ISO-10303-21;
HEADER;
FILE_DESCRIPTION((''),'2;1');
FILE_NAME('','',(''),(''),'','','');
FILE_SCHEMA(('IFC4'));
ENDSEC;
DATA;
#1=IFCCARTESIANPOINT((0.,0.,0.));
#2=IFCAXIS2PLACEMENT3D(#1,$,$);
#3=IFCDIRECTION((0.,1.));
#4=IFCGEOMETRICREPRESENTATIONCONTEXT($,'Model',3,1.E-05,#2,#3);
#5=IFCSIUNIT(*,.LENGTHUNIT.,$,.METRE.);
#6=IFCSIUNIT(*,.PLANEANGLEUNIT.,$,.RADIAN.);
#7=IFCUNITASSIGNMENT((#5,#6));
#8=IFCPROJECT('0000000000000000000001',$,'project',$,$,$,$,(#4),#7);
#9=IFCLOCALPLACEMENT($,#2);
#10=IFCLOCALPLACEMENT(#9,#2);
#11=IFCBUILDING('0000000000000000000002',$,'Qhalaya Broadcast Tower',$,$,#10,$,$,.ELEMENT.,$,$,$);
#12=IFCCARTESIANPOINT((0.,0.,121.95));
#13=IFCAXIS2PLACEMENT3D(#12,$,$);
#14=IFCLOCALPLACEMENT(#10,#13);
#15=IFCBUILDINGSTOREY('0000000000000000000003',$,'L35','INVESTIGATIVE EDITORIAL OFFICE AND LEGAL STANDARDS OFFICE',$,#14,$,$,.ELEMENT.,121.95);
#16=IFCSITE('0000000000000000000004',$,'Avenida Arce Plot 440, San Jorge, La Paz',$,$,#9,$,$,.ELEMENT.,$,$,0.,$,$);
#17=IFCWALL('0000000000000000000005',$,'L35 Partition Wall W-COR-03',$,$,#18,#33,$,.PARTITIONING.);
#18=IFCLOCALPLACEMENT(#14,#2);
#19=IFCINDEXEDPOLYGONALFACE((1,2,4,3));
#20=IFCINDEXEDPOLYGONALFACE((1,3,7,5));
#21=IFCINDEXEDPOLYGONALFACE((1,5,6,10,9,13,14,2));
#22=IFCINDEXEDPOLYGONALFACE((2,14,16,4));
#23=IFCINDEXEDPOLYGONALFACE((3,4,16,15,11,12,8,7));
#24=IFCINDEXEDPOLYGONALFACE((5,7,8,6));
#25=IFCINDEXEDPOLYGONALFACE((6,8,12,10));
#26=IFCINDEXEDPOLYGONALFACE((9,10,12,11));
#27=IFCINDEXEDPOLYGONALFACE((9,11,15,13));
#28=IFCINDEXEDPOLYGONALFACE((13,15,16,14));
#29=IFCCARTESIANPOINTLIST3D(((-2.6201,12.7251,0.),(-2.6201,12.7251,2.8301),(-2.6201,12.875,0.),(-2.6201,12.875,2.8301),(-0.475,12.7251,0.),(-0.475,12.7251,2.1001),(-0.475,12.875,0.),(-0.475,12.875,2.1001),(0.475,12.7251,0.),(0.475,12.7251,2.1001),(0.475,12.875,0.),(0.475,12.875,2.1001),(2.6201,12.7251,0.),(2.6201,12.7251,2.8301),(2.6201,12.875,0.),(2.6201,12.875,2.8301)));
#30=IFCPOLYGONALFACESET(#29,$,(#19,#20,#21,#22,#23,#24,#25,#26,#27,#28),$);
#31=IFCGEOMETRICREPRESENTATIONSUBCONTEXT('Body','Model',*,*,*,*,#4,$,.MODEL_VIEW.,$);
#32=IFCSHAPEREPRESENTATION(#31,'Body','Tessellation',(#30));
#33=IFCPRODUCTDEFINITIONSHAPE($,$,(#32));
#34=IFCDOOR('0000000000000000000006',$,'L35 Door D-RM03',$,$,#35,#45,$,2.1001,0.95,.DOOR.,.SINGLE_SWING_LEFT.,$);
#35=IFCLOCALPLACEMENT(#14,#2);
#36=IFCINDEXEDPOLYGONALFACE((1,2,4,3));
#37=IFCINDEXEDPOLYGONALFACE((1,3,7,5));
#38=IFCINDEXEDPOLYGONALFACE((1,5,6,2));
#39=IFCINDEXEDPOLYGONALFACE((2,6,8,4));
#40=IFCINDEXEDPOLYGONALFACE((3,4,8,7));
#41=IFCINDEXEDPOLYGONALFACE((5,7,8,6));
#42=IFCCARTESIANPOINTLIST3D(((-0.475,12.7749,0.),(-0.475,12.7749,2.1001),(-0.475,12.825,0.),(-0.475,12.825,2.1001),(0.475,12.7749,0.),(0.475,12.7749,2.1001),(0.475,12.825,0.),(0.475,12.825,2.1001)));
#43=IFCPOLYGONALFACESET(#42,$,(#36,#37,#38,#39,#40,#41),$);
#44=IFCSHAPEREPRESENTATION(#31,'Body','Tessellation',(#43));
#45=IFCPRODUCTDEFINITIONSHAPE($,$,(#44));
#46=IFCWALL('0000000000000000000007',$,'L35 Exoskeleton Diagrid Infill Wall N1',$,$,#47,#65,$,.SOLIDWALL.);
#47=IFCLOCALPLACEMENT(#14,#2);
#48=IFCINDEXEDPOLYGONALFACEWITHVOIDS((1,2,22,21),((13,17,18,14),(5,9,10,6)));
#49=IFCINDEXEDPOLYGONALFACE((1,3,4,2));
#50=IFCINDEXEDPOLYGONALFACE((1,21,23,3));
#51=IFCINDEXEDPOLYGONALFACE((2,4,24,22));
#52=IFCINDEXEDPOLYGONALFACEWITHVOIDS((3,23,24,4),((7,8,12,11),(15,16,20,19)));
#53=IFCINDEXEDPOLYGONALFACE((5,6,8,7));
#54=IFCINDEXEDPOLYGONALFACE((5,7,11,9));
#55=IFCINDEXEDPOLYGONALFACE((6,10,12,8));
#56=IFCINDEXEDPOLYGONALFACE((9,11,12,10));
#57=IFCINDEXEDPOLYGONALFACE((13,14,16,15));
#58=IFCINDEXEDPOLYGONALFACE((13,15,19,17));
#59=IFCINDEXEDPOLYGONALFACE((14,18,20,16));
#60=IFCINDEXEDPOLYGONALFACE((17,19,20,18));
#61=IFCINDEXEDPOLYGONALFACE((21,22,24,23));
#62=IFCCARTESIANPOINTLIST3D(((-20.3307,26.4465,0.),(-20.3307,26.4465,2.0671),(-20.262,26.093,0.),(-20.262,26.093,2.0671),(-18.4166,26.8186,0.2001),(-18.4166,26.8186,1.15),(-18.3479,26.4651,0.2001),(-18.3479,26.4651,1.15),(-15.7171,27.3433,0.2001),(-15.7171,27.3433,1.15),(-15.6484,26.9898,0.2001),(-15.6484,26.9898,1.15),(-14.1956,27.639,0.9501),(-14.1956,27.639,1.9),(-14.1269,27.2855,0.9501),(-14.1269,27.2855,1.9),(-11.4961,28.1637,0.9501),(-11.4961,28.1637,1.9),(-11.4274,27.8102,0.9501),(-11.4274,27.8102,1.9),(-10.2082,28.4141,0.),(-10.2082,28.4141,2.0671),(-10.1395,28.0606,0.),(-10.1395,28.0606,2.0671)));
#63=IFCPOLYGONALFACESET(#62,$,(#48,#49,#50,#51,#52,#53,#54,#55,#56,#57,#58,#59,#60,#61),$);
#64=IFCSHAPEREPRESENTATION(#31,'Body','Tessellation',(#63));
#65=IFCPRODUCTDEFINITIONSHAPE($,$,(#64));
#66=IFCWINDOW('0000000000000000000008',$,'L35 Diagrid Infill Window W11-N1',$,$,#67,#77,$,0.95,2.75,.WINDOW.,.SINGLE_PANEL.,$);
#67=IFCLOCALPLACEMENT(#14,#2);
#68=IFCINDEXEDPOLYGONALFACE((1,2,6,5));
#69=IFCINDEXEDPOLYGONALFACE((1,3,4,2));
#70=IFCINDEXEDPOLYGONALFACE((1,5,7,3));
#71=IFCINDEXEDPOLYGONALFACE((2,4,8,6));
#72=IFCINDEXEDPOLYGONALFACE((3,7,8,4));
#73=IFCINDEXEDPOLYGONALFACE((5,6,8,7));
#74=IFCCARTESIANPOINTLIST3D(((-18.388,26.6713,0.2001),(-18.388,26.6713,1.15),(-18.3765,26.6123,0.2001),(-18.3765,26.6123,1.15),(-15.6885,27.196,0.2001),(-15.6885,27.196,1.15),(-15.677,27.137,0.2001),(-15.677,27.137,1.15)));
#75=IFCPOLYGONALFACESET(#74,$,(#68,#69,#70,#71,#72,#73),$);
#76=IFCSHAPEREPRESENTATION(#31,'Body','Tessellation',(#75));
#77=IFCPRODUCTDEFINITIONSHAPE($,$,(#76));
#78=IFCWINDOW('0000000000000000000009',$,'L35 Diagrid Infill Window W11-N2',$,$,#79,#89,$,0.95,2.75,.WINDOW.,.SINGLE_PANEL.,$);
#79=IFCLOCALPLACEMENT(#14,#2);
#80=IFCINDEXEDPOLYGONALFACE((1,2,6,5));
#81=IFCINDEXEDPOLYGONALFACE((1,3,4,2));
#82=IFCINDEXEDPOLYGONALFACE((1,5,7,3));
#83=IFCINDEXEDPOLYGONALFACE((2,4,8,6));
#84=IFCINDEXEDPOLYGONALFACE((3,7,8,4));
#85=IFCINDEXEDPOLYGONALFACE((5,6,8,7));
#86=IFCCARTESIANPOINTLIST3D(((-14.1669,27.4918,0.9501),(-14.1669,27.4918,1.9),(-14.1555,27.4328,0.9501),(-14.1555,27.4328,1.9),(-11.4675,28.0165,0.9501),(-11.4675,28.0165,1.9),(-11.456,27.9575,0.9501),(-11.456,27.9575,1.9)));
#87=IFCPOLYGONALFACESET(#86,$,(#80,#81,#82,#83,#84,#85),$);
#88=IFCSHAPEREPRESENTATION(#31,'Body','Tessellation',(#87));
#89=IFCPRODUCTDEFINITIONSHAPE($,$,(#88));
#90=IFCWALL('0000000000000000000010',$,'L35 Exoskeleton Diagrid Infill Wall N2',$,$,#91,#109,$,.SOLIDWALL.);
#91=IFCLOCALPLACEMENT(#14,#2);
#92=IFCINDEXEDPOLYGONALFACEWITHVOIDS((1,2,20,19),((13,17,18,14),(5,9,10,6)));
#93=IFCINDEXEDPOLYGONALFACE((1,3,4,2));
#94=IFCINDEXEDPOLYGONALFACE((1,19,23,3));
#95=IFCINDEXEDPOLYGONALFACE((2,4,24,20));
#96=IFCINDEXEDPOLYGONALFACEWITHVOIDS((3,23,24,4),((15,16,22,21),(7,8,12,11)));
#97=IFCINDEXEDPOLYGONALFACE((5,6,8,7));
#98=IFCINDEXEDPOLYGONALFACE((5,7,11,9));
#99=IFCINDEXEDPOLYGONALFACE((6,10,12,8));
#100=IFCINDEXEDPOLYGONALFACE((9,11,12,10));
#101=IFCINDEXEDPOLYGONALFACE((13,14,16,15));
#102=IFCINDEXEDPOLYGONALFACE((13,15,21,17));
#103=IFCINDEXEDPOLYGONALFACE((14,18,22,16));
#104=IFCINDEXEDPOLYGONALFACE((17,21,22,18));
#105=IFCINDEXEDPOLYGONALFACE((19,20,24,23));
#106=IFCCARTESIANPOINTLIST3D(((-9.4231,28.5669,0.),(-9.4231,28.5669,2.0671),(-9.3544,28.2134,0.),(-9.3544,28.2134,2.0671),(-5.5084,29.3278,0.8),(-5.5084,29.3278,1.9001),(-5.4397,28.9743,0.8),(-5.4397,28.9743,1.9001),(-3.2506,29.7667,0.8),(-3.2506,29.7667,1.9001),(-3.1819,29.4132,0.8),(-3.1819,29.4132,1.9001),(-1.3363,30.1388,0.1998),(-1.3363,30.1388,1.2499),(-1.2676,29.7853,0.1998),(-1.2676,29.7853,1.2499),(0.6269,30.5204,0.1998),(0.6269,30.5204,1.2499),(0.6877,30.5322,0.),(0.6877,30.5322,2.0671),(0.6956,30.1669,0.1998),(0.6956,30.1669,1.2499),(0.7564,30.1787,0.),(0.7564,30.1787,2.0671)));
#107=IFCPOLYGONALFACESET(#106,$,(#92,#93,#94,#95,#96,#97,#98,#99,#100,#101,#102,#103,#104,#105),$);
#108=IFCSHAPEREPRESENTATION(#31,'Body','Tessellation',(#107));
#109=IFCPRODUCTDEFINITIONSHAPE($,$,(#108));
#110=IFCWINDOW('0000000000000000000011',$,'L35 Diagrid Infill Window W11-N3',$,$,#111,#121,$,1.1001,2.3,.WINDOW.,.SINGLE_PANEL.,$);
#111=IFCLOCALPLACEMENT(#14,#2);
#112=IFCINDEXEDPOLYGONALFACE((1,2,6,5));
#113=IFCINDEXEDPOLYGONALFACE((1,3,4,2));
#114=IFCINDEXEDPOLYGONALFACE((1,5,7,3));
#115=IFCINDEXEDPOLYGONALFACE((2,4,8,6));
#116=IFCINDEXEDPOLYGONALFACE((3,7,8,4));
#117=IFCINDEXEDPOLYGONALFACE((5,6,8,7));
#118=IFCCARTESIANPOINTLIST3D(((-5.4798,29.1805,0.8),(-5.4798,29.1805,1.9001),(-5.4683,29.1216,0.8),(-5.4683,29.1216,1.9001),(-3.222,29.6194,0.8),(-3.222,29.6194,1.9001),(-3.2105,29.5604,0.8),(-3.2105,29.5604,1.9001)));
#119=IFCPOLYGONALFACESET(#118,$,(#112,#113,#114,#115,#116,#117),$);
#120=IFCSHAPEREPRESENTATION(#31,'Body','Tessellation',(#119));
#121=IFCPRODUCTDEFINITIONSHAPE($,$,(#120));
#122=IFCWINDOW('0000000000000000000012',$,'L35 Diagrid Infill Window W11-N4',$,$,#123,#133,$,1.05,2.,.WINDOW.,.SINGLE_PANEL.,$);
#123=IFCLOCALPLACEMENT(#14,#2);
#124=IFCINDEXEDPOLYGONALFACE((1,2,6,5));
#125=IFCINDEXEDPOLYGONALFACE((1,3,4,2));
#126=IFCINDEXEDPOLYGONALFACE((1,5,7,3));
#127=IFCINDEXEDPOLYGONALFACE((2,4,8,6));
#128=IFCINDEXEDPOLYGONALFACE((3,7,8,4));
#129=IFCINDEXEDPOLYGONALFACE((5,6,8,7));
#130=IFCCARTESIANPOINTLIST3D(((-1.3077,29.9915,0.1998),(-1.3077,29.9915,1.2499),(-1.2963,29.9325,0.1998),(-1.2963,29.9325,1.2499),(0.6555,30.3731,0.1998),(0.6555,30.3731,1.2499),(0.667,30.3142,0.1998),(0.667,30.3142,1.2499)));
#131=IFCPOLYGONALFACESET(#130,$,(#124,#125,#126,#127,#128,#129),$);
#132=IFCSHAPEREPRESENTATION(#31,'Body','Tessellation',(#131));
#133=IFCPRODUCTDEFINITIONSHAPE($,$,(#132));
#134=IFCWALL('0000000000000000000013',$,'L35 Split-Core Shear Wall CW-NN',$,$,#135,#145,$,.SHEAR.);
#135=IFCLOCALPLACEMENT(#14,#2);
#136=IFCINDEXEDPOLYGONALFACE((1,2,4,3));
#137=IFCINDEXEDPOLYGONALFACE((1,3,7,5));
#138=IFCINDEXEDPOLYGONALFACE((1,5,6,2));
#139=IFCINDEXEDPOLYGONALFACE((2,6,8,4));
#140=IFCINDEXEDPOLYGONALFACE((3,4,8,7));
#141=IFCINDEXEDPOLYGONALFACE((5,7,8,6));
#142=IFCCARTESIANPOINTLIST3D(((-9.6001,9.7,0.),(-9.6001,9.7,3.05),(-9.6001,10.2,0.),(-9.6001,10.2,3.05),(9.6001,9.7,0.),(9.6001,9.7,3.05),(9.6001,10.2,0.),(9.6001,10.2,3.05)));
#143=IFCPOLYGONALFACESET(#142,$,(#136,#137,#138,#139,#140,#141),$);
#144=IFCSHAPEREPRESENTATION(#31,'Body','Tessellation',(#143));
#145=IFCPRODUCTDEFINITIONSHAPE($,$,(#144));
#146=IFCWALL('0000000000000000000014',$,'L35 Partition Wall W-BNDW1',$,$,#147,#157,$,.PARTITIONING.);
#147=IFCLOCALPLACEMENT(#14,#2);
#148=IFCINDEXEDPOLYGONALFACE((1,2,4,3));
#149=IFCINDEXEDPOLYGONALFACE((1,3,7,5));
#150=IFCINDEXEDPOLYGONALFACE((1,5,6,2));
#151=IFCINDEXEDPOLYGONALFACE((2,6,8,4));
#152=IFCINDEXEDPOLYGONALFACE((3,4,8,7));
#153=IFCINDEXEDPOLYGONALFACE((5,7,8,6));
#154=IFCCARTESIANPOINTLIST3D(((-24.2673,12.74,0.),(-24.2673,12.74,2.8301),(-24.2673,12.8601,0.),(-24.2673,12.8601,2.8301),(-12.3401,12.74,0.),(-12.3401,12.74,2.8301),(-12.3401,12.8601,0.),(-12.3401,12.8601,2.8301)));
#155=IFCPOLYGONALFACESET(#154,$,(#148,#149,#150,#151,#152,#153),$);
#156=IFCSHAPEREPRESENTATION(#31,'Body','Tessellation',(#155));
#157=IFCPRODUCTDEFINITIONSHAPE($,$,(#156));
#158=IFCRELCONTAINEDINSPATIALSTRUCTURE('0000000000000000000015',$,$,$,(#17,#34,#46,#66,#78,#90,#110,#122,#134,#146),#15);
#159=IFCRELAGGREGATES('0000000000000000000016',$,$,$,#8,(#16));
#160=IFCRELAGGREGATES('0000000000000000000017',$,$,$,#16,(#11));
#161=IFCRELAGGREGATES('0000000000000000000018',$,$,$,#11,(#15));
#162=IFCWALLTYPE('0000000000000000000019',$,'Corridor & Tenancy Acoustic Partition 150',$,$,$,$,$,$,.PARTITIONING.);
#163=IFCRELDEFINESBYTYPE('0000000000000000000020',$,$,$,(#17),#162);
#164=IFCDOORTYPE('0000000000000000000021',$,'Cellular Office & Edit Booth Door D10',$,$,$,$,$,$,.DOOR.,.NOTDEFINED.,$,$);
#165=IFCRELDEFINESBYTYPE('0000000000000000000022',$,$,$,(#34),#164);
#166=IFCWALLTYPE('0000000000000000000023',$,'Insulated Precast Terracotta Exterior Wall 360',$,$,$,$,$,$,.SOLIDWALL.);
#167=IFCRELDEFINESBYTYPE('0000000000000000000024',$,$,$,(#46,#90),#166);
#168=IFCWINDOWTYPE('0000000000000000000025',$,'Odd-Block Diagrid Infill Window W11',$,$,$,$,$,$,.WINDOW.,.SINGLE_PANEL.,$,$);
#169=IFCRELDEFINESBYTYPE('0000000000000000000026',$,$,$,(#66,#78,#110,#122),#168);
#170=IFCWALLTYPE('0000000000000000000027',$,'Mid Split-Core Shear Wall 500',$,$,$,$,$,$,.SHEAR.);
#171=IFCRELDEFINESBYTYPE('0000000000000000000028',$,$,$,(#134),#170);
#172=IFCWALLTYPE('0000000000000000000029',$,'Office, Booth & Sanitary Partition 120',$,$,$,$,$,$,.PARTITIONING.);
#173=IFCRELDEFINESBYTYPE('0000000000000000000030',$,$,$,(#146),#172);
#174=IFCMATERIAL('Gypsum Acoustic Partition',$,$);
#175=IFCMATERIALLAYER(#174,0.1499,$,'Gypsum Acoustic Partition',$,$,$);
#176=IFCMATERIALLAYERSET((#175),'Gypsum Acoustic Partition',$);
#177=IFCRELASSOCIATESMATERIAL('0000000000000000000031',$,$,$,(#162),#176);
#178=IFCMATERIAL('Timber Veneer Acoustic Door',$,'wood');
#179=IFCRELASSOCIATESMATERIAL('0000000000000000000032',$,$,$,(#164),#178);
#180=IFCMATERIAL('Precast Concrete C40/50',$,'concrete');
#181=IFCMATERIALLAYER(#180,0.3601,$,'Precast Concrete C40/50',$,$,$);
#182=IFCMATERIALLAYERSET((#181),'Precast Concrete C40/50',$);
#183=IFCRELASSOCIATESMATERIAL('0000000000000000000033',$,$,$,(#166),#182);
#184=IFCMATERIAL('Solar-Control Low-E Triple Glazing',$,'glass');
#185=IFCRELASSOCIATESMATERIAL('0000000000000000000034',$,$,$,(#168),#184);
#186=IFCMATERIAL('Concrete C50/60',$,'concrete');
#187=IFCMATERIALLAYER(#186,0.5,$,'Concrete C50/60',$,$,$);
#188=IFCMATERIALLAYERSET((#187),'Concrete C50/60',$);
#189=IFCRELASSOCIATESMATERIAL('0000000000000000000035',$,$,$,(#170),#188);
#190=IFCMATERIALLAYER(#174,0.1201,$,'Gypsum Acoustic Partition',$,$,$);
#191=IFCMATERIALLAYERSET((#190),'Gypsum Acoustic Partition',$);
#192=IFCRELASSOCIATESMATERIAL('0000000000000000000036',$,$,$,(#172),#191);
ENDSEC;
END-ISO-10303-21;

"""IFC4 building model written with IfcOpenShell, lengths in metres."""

from ifc_helpers import new_model, si_unit, direction, frame, frame_2d, origin, place, context, subcontext, project, spatial, rectangle, extrude, material, layer, layer_set, type_object, element, fill, save


model = new_model("IFC4")

# Units and contexts
model_context = context("Model", 3, precision=1e-05, world=origin(), true_north=direction((0.0, 1.0)))
body_context = subcontext(model_context, "Body", "Model", "MODEL_VIEW")
ifc_project = project(units=[si_unit("LENGTHUNIT", "METRE"), si_unit("PLANEANGLEUNIT", "RADIAN")], contexts=[model_context])

# Site, building, storey
site_placement = place(None, origin())
site = spatial("IfcSite", under=ifc_project, at=site_placement, Name="Avenida Arce Plot 440, San Jorge, La Paz", CompositionType="ELEMENT", RefElevation=0.0)
building_placement = place(site_placement, origin())
building = spatial("IfcBuilding", under=site, at=building_placement, Name="Qhalaya Broadcast Tower", CompositionType="ELEMENT")
storey_placement = place(building_placement, frame((0.0, 0.0, 121.95)))
storey = spatial("IfcBuildingStorey", under=building, at=storey_placement, Name="L35", Description="INVESTIGATIVE EDITORIAL OFFICE AND LEGAL STANDARDS OFFICE", CompositionType="ELEMENT", Elevation=121.95)

# Shared definitions
ifc_material_1 = material(Name="Concrete C50/60", Category="concrete")

# Wall, opening, door
ifc_material_2 = material(Name="Gypsum Acoustic Partition")
ifc_layer_1 = layer(ifc_material_2, 0.1499, Name="Gypsum Acoustic Partition")
ifc_layer_set_1 = layer_set([ifc_layer_1], Name="Gypsum Acoustic Partition")
wall_type_1 = type_object("IfcWallType", Name="Corridor & Tenancy Acoustic Partition 150", PredefinedType="PARTITIONING", material=ifc_layer_set_1)
ifc_material_3 = material(Name="Timber Veneer Acoustic Door", Category="wood")
door_type = type_object("IfcDoorType", Name="Cellular Office & Edit Booth Door D10", OperationType="NOTDEFINED", PredefinedType="DOOR", material=ifc_material_3)
wall_1_placement = place(storey_placement, frame((-2.6201, 12.8, 0.0), z_axis=(0.0, 0.0, 1.0), x_axis=(1.0, 0.0, 0.0)))
wall_1 = element("IfcWall", 1, at=wall_1_placement, inside=storey, type_object=wall_type_1, Name="L35 Partition Wall W-COR-03", PredefinedType="PARTITIONING", context=body_context, shape_type="SweptSolid", body=[
    extrude(rectangle(XDim=5.2402, YDim=0.1499, at=frame_2d((2.6201, 0.0))), origin(), (0.0, 0.0, 1.0), 2.8301),
])
opening_1_placement = place(wall_1_placement, frame((2.145, 0.0, 0.0)))
opening_1 = element("IfcOpeningElement", 2, at=opening_1_placement, cuts=wall_1, PredefinedType="OPENING", context=body_context, shape_type="SweptSolid", body=[
    extrude(rectangle(XDim=0.95, YDim=2.1001, at=frame_2d((0.4751, 1.05))), frame((0.0, 0.0869, 0.0), z_axis=(0.0, -1.0, 0.0), x_axis=(1.0, 0.0, 0.0)), (0.0, 0.0, 1.0), 0.1738),
])
door_1_placement = place(opening_1_placement, origin())
door_1 = element("IfcDoor", 3, at=door_1_placement, inside=storey, type_object=door_type, Name="L35 Door D-RM03", OperationType="SINGLE_SWING_LEFT", OverallHeight=2.1001, OverallWidth=0.95, PredefinedType="DOOR", context=body_context, shape_type="SweptSolid", body=[
    extrude(rectangle(XDim=0.95, YDim=2.1001, at=frame_2d((0.4751, 1.05))), frame((0.0, 0.0249, 0.0), z_axis=(0.0, -1.0, 0.0), x_axis=(1.0, 0.0, 0.0)), (0.0, 0.0, 1.0), 0.05),
])
fill(opening_1, door_1)

# Walls, openings, windows
ifc_material_4 = material(Name="Precast Concrete C40/50", Category="concrete")
ifc_layer_2 = layer(ifc_material_4, 0.3601, Name="Precast Concrete C40/50")
ifc_layer_set_2 = layer_set([ifc_layer_2], Name="Precast Concrete C40/50")
wall_type_2 = type_object("IfcWallType", Name="Insulated Precast Terracotta Exterior Wall 360", PredefinedType="SOLIDWALL", material=ifc_layer_set_2)
wall_2_placement = place(storey_placement, frame((-20.2964, 26.2698, 0.0), z_axis=(0.0, 0.0, 1.0), x_axis=(0.981629, 0.1908, 0.0)))
wall_2 = element("IfcWall", 4, at=wall_2_placement, inside=storey, type_object=wall_type_2, Name="L35 Exoskeleton Diagrid Infill Wall N1", PredefinedType="SOLIDWALL", context=body_context, shape_type="SweptSolid", body=[
    extrude(rectangle(XDim=10.312, YDim=0.3601, at=frame_2d((5.156, 0.0))), origin(), (0.0, 0.0, 1.0), 2.0671),
])
opening_2_placement = place(wall_2_placement, frame((1.95, 0.0, 0.2)))
opening_2 = element("IfcOpeningElement", 5, at=opening_2_placement, cuts=wall_2, PredefinedType="OPENING", context=body_context, shape_type="SweptSolid", body=[
    extrude(rectangle(XDim=2.75, YDim=0.95, at=frame_2d((1.375, 0.4751))), frame((0.0, 0.1921, 0.0), z_axis=(0.0, -1.0, 0.0), x_axis=(1.0, 0.0, 0.0)), (0.0, 0.0, 1.0), 0.384),
])
opening_3_placement = place(wall_2_placement, frame((6.25, 0.0, 0.95)))
opening_3 = element("IfcOpeningElement", 6, at=opening_3_placement, cuts=wall_2, PredefinedType="OPENING", context=body_context, shape_type="SweptSolid", body=[
    extrude(rectangle(XDim=2.75, YDim=0.95, at=frame_2d((1.375, 0.4751))), frame((0.0, 0.1921, 0.0), z_axis=(0.0, -1.0, 0.0), x_axis=(1.0, 0.0, 0.0)), (0.0, 0.0, 1.0), 0.384),
])
ifc_material_5 = material(Name="Solar-Control Low-E Triple Glazing", Category="glass")
window_type = type_object("IfcWindowType", Name="Odd-Block Diagrid Infill Window W11", PartitioningType="SINGLE_PANEL", PredefinedType="WINDOW", material=ifc_material_5)
window_1_placement = place(opening_2_placement, origin())
window_1 = element("IfcWindow", 7, at=window_1_placement, inside=storey, type_object=window_type, Name="L35 Diagrid Infill Window W11-N1", OverallHeight=0.95, OverallWidth=2.75, PartitioningType="SINGLE_PANEL", PredefinedType="WINDOW", context=body_context, shape_type="SweptSolid", body=[
    extrude(rectangle(XDim=2.75, YDim=0.95, at=frame_2d((1.375, 0.4751))), frame((0.0, 0.03, 0.0), z_axis=(0.0, -1.0, 0.0), x_axis=(1.0, 0.0, 0.0)), (0.0, 0.0, 1.0), 0.0601),
])
fill(opening_2, window_1)
window_2_placement = place(opening_3_placement, origin())
window_2 = element("IfcWindow", 8, at=window_2_placement, inside=storey, type_object=window_type, Name="L35 Diagrid Infill Window W11-N2", OverallHeight=0.95, OverallWidth=2.75, PartitioningType="SINGLE_PANEL", PredefinedType="WINDOW", context=body_context, shape_type="SweptSolid", body=[
    extrude(rectangle(XDim=2.75, YDim=0.95, at=frame_2d((1.375, 0.4751))), frame((0.0, 0.03, 0.0), z_axis=(0.0, -1.0, 0.0), x_axis=(1.0, 0.0, 0.0)), (0.0, 0.0, 1.0), 0.0601),
])
fill(opening_3, window_2)
wall_3_placement = place(storey_placement, frame((-9.3887, 28.3901, 0.0), z_axis=(0.0, 0.0, 1.0), x_axis=(0.981627, 0.190807, 0.0)))
wall_3 = element("IfcWall", 9, at=wall_3_placement, inside=storey, type_object=wall_type_2, Name="L35 Exoskeleton Diagrid Infill Wall N2", PredefinedType="SOLIDWALL", context=body_context, shape_type="SweptSolid", body=[
    extrude(rectangle(XDim=10.3, YDim=0.3601, at=frame_2d((5.1499, 0.0))), origin(), (0.0, 0.0, 1.0), 2.0671),
])
opening_4_placement = place(wall_3_placement, frame((3.988, 0.0, 0.8)))
opening_4 = element("IfcOpeningElement", 10, at=opening_4_placement, cuts=wall_3, PredefinedType="OPENING", context=body_context, shape_type="SweptSolid", body=[
    extrude(rectangle(XDim=2.3, YDim=1.1001, at=frame_2d((1.1499, 0.55))), frame((0.0, 0.1921, 0.0), z_axis=(0.0, -1.0, 0.0), x_axis=(1.0, 0.0, 0.0)), (0.0, 0.0, 1.0), 0.384),
])
opening_5_placement = place(wall_3_placement, frame((8.238, 0.0, 0.2)))
opening_5 = element("IfcOpeningElement", 11, at=opening_5_placement, cuts=wall_3, PredefinedType="OPENING", context=body_context, shape_type="SweptSolid", body=[
    extrude(rectangle(XDim=2.0, YDim=1.05, at=frame_2d((1.0, 0.5249))), frame((0.0, 0.1921, 0.0), z_axis=(0.0, -1.0, 0.0), x_axis=(1.0, 0.0, 0.0)), (0.0, 0.0, 1.0), 0.384),
])
window_3_placement = place(opening_4_placement, origin())
window_3 = element("IfcWindow", 12, at=window_3_placement, inside=storey, type_object=window_type, Name="L35 Diagrid Infill Window W11-N3", OverallHeight=1.1001, OverallWidth=2.3, PartitioningType="SINGLE_PANEL", PredefinedType="WINDOW", context=body_context, shape_type="SweptSolid", body=[
    extrude(rectangle(XDim=2.3, YDim=1.1001, at=frame_2d((1.1499, 0.55))), frame((0.0, 0.03, 0.0), z_axis=(0.0, -1.0, 0.0), x_axis=(1.0, 0.0, 0.0)), (0.0, 0.0, 1.0), 0.0601),
])
fill(opening_4, window_3)
window_4_placement = place(opening_5_placement, origin())
window_4 = element("IfcWindow", 13, at=window_4_placement, inside=storey, type_object=window_type, Name="L35 Diagrid Infill Window W11-N4", OverallHeight=1.05, OverallWidth=2.0, PartitioningType="SINGLE_PANEL", PredefinedType="WINDOW", context=body_context, shape_type="SweptSolid", body=[
    extrude(rectangle(XDim=2.0, YDim=1.05, at=frame_2d((1.0, 0.5249))), frame((0.0, 0.03, 0.0), z_axis=(0.0, -1.0, 0.0), x_axis=(1.0, 0.0, 0.0)), (0.0, 0.0, 1.0), 0.0601),
])
fill(opening_5, window_4)

# Walls
ifc_layer_3 = layer(ifc_material_1, 0.5, Name="Concrete C50/60")
ifc_layer_set_3 = layer_set([ifc_layer_3], Name="Concrete C50/60")
wall_type_3 = type_object("IfcWallType", Name="Mid Split-Core Shear Wall 500", PredefinedType="SHEAR", material=ifc_layer_set_3)
wall_4_placement = place(storey_placement, frame((-9.6001, 9.95, 0.0), z_axis=(0.0, 0.0, 1.0), x_axis=(1.0, 0.0, 0.0)))
element("IfcWall", 14, at=wall_4_placement, inside=storey, type_object=wall_type_3, Name="L35 Split-Core Shear Wall CW-NN", PredefinedType="SHEAR", context=body_context, shape_type="SweptSolid", body=[
    extrude(rectangle(XDim=19.2002, YDim=0.5, at=frame_2d((9.6001, 0.0))), origin(), (0.0, 0.0, 1.0), 3.05),
])
ifc_layer_4 = layer(ifc_material_2, 0.1201, Name="Gypsum Acoustic Partition")
ifc_layer_set_4 = layer_set([ifc_layer_4], Name="Gypsum Acoustic Partition")
wall_type_4 = type_object("IfcWallType", Name="Office, Booth & Sanitary Partition 120", PredefinedType="PARTITIONING", material=ifc_layer_set_4)
wall_5_placement = place(storey_placement, frame((-24.2673, 12.8, 0.0), z_axis=(0.0, 0.0, 1.0), x_axis=(1.0, 0.0, 0.0)))
element("IfcWall", 15, at=wall_5_placement, inside=storey, type_object=wall_type_4, Name="L35 Partition Wall W-BNDW1", PredefinedType="PARTITIONING", context=body_context, shape_type="SweptSolid", body=[
    extrude(rectangle(XDim=11.9272, YDim=0.1201, at=frame_2d((5.9636, 0.0))), origin(), (0.0, 0.0, 1.0), 2.8301),
])

save(model, "model.ifc")
